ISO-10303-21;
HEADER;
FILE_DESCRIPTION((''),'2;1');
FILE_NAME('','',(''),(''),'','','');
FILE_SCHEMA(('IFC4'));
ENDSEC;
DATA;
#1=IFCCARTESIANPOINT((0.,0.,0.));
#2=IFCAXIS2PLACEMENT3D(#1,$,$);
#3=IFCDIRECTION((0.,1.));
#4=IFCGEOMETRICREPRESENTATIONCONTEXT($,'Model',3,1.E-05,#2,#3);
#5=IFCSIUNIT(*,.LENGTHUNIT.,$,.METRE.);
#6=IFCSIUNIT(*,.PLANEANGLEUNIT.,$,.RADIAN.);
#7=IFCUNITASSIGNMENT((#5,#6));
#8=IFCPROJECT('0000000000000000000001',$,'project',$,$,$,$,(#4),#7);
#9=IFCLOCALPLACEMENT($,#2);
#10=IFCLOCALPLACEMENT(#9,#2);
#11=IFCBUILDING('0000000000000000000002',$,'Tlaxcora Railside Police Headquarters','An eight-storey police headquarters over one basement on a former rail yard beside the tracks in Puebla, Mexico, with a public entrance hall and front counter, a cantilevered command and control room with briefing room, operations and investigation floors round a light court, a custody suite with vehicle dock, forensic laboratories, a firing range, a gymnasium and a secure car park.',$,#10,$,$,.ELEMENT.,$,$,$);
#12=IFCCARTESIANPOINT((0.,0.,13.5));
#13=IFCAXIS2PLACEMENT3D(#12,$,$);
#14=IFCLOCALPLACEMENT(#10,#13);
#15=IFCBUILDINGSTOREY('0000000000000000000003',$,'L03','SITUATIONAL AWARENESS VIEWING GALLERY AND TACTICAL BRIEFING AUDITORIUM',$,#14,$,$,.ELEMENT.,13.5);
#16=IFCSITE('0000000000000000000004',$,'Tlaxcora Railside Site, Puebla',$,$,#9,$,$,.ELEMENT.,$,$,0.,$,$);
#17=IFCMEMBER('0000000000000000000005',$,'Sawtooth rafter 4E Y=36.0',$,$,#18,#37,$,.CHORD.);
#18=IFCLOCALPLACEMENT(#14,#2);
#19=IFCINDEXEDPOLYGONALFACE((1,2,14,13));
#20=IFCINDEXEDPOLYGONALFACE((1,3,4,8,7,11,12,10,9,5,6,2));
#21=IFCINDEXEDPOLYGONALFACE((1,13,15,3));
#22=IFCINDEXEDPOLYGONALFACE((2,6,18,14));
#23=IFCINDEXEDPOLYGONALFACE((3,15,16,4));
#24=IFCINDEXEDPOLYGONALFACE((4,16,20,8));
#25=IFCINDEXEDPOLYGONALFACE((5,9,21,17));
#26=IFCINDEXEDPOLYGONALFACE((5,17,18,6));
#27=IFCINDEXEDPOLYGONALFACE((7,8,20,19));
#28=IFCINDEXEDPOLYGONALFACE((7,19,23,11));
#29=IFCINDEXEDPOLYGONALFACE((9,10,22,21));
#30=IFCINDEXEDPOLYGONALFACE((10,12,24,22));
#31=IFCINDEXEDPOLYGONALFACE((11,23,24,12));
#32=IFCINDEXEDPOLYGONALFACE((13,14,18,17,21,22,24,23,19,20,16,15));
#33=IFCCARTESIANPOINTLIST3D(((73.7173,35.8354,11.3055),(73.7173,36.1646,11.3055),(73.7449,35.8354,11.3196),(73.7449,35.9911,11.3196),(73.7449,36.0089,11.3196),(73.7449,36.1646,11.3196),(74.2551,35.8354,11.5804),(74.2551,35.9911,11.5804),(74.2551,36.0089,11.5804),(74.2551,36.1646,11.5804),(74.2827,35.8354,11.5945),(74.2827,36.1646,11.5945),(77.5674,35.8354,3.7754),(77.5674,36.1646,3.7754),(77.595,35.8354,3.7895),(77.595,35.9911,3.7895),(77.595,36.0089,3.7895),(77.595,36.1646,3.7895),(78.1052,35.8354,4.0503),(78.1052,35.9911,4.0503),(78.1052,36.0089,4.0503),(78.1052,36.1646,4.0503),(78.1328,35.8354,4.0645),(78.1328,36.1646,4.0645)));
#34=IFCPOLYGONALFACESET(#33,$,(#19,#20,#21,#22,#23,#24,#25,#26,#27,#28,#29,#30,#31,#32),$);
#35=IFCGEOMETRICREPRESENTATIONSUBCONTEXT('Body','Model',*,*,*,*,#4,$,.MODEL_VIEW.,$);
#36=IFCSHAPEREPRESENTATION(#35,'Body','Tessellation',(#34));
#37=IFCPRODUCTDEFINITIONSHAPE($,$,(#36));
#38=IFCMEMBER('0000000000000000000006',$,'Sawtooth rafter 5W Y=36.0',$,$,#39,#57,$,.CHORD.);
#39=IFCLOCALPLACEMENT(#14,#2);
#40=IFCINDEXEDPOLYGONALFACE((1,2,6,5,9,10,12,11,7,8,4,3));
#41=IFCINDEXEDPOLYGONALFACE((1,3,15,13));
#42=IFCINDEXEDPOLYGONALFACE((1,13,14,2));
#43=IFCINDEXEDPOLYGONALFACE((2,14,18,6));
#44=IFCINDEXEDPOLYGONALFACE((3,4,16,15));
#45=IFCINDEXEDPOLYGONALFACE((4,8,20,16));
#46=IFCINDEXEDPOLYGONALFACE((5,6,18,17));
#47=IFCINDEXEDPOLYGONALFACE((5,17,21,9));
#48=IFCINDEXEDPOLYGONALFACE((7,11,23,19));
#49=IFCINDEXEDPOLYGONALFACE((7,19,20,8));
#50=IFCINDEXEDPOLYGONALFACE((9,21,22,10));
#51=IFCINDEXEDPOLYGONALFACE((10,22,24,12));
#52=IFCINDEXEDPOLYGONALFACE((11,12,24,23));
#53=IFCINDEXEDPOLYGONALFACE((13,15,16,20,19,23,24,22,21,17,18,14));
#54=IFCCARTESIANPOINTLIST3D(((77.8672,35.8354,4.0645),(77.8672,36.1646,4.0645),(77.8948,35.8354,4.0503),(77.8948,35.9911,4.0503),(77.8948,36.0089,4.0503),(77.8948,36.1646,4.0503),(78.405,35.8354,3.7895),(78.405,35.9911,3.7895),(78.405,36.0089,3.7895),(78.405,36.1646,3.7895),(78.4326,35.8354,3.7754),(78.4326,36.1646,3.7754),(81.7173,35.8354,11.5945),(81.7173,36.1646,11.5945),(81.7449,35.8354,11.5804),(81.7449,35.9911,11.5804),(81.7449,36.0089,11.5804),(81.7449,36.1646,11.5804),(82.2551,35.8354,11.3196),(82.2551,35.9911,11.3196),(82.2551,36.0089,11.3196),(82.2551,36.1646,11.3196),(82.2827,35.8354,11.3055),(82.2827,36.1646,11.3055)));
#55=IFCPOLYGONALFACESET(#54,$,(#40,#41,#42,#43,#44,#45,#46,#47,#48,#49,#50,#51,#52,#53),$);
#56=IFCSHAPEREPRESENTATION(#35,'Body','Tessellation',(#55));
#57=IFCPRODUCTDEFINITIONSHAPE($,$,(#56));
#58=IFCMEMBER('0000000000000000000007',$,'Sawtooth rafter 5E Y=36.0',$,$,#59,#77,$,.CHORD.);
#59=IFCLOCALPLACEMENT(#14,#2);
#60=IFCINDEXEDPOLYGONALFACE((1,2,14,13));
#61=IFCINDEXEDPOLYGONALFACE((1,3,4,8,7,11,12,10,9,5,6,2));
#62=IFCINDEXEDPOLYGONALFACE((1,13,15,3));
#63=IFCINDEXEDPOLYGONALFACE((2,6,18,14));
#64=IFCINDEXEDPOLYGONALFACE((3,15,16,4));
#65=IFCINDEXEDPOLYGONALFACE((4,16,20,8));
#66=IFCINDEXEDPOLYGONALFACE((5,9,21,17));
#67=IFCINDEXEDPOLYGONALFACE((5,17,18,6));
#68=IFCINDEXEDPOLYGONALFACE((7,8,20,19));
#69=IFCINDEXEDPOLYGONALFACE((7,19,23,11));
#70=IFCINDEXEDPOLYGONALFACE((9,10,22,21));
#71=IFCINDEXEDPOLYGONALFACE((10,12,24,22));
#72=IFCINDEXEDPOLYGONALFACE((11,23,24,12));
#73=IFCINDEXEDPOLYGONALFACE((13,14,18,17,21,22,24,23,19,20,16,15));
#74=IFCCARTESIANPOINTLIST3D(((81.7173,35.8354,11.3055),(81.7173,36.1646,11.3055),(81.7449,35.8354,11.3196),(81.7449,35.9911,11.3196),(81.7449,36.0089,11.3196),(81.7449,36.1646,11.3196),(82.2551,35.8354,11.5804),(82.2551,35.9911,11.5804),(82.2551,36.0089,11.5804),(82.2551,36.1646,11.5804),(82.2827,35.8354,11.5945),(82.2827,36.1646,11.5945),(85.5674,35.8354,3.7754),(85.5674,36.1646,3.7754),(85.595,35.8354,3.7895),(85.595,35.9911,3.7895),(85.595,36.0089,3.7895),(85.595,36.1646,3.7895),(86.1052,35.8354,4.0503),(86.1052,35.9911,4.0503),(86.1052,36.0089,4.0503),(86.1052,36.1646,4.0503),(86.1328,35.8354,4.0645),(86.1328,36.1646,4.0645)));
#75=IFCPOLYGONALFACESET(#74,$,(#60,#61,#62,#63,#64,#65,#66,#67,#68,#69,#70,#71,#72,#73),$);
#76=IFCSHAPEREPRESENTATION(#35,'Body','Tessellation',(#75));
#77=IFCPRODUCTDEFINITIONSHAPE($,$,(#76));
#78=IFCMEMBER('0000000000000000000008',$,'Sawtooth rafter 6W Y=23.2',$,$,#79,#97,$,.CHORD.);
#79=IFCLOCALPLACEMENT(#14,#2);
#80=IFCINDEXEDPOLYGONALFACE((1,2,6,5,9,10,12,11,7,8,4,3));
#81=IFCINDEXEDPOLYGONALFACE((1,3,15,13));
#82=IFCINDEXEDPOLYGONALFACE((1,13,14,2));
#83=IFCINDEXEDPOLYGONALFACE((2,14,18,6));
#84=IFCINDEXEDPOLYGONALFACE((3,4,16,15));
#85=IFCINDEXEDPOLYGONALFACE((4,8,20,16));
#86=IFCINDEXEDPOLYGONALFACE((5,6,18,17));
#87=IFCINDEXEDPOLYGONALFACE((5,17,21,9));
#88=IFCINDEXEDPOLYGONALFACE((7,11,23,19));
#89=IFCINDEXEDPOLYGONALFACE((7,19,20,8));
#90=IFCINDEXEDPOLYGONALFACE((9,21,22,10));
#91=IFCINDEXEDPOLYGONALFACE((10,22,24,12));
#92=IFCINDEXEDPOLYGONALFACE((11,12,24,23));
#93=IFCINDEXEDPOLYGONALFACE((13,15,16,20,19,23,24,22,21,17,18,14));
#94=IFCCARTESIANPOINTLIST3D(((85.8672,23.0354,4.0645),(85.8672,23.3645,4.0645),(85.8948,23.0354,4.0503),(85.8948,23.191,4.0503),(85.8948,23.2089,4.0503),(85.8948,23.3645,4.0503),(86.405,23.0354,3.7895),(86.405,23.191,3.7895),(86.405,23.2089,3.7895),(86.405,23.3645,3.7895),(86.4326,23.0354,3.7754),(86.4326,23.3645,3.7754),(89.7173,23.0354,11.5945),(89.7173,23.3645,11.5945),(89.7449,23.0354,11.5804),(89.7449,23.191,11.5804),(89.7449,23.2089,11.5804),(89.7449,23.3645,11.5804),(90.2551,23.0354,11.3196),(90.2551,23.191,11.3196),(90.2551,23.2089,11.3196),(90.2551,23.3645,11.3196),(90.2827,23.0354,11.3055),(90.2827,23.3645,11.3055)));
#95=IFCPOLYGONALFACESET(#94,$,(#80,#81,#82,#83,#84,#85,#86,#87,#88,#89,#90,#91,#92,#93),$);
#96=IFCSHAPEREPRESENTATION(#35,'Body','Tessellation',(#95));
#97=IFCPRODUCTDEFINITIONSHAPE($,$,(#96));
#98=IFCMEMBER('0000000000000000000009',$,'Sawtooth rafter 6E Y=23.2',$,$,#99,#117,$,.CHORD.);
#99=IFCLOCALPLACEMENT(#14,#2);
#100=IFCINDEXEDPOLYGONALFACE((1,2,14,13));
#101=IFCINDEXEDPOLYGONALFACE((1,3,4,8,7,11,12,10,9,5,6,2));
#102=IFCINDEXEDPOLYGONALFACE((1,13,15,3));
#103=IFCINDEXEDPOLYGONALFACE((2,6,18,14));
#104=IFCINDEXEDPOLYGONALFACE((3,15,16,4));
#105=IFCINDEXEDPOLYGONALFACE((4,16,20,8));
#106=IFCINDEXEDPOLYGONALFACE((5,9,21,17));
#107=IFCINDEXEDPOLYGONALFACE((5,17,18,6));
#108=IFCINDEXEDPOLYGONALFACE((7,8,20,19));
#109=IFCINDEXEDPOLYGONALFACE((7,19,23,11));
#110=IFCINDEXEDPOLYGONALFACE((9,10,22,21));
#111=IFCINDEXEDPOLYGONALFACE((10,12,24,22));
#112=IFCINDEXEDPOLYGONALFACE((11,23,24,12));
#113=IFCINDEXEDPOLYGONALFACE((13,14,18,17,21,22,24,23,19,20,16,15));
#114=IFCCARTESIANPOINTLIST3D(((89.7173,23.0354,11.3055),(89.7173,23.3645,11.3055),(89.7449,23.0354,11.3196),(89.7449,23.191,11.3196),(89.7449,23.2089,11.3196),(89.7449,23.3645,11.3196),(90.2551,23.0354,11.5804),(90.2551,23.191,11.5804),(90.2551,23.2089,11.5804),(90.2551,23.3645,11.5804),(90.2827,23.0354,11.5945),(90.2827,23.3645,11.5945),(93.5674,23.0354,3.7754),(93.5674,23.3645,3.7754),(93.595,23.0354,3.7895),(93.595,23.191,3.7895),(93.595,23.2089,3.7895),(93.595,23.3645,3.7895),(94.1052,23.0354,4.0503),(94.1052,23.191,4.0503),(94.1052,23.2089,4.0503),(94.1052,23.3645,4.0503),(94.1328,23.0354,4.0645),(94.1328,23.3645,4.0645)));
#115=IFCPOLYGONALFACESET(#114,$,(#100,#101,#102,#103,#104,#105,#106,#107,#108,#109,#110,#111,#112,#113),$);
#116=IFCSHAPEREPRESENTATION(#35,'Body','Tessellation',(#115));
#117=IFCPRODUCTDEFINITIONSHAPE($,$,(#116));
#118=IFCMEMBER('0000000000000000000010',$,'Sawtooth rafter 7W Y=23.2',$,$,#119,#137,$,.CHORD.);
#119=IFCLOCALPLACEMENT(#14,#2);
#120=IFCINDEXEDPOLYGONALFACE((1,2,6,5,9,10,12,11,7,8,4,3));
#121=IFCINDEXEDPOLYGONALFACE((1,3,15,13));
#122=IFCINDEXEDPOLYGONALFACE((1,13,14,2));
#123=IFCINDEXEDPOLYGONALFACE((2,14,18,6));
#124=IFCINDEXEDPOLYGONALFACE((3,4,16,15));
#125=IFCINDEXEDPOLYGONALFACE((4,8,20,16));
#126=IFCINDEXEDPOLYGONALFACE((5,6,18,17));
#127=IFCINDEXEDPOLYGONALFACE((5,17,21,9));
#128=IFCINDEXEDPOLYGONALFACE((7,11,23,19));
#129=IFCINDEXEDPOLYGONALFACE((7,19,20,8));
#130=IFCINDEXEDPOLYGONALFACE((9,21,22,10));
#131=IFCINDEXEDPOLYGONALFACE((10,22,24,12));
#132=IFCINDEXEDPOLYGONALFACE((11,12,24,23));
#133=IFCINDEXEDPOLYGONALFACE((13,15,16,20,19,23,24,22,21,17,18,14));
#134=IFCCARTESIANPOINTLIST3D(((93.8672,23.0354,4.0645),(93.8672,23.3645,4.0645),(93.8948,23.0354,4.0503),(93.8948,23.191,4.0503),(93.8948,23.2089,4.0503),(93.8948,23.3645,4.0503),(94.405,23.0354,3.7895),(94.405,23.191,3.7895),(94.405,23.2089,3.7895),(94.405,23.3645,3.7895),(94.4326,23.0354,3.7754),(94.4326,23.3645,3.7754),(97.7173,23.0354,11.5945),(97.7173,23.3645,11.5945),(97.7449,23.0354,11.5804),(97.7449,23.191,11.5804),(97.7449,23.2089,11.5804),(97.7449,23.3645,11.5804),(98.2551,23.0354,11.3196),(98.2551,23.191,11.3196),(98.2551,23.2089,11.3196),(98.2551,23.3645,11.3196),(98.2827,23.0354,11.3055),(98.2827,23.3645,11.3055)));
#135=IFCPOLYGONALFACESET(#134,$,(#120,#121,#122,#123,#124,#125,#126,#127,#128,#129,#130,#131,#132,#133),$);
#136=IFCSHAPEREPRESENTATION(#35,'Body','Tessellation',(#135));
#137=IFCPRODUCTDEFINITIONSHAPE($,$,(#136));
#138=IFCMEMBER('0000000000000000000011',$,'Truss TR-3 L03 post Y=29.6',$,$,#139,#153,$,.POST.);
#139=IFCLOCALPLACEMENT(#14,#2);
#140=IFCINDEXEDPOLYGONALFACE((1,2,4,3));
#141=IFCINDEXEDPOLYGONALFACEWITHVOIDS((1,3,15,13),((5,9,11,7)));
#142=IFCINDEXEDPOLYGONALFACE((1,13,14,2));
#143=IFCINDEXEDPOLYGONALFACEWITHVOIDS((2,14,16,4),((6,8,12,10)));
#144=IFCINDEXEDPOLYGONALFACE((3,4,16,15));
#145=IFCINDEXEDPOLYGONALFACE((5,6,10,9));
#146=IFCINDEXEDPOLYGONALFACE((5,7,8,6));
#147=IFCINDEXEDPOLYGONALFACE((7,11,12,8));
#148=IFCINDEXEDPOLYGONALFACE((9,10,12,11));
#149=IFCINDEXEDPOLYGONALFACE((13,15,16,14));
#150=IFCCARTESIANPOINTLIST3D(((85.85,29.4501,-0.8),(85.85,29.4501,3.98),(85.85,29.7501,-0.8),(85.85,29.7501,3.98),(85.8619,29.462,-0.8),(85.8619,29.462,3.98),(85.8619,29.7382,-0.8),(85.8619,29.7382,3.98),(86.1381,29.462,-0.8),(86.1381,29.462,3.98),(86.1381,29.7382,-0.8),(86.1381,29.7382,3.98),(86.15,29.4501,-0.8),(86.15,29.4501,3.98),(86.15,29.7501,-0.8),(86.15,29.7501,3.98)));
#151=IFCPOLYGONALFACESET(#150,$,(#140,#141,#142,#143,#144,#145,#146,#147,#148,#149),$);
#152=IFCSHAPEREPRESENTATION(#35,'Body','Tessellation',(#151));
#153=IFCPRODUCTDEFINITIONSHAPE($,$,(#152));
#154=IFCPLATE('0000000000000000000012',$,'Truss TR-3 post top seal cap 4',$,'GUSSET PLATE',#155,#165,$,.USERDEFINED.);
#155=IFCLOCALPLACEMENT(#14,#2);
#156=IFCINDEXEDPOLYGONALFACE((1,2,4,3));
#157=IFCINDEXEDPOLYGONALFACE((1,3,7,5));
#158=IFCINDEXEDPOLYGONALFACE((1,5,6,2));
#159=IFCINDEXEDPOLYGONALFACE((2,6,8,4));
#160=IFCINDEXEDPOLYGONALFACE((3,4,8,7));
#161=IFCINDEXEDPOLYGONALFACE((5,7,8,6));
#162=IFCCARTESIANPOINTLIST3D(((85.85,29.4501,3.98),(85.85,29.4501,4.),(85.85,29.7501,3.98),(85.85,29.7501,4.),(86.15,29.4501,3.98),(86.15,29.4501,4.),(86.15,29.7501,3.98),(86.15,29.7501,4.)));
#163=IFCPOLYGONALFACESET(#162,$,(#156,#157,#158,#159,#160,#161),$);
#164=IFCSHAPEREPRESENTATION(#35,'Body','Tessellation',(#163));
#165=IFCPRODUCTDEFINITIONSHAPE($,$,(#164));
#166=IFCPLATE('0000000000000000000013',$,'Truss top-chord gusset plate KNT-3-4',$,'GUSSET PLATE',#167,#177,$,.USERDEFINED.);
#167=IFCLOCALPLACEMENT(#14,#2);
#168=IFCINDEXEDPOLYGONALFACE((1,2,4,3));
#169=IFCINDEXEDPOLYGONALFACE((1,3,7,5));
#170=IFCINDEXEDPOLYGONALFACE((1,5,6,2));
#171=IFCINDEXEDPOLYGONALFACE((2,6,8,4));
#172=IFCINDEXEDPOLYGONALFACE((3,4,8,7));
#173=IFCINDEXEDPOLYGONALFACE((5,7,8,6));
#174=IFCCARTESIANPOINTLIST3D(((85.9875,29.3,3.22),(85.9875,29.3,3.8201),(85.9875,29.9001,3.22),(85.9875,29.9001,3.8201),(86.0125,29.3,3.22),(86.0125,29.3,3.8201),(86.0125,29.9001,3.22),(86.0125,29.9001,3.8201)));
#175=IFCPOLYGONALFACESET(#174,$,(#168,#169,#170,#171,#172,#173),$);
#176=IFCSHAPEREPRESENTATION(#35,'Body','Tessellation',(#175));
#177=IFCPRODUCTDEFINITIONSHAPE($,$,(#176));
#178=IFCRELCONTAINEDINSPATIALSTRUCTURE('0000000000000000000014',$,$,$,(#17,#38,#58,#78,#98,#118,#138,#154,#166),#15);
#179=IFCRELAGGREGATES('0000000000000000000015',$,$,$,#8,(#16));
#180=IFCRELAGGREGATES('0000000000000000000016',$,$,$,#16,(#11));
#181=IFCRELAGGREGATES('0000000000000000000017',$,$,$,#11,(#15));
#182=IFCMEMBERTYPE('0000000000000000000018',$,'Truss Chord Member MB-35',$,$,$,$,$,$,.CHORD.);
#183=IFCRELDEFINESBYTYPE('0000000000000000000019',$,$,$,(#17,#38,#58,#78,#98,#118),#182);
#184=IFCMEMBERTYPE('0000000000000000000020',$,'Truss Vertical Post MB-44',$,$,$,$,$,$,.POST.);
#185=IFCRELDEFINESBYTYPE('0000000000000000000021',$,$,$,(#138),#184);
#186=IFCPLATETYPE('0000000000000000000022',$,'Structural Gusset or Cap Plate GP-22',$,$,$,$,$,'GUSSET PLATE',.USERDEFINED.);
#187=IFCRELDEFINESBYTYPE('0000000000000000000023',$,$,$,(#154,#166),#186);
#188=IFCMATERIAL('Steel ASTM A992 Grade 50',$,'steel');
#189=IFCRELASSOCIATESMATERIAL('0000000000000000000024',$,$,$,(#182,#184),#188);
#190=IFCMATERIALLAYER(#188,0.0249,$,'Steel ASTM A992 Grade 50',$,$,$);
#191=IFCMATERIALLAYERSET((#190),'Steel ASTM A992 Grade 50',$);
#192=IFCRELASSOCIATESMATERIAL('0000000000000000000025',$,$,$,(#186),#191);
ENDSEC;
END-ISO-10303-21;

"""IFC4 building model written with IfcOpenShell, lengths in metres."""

from ifc_helpers import new_model, si_unit, direction, frame, origin, origin_2d, place, context, subcontext, project, spatial, rectangle, hollow_rectangle, i_section, extrude, material, layer, layer_set, material_profile, profile_set, type_object, element, save


model = new_model("IFC4")

# Units and contexts
model_context = context("Model", 3, precision=1e-05, world=origin(), true_north=direction((0.0, 1.0)))
body_context = subcontext(model_context, "Body", "Model", "MODEL_VIEW")
ifc_project = project(units=[si_unit("LENGTHUNIT", "METRE"), si_unit("PLANEANGLEUNIT", "RADIAN")], contexts=[model_context])

# Site, building, storey
site_placement = place(None, origin())
site = spatial("IfcSite", under=ifc_project, at=site_placement, Name="Tlaxcora Railside Site, Puebla", CompositionType="ELEMENT", RefElevation=0.0)
building_placement = place(site_placement, origin())
building = spatial("IfcBuilding", under=site, at=building_placement, Name="Tlaxcora Railside Police Headquarters", Description="An eight-storey police headquarters over one basement on a former rail yard beside the tracks in Puebla, Mexico, with a public entrance hall and front counter, a cantilevered command and control room with briefing room, operations and investigation floors round a light court, a custody suite with vehicle dock, forensic laboratories, a firing range, a gymnasium and a secure car park.", CompositionType="ELEMENT")
storey_placement = place(building_placement, frame((0.0, 0.0, 13.5)))
storey = spatial("IfcBuildingStorey", under=building, at=storey_placement, Name="L03", Description="SITUATIONAL AWARENESS VIEWING GALLERY AND TACTICAL BRIEFING AUDITORIUM", CompositionType="ELEMENT", Elevation=13.5)

# Shared definitions
ifc_material_1 = material(Name="Steel ASTM A992 Grade 50", Category="steel")

# Members
ifc_material_profile_1 = material_profile(ifc_material_1, i_section(OverallWidth=0.3291, OverallDepth=0.635, WebThickness=0.0178, FlangeThickness=0.031, at=origin_2d()), Name="W24X162")
ifc_profile_set_1 = profile_set([ifc_material_profile_1], Name="Steel ASTM A992 Grade 50")
member_type_1 = type_object("IfcMemberType", Name="Truss Chord Member MB-35", PredefinedType="CHORD", material=ifc_profile_set_1)
for number, where, z_axis, x_axis, name in (
    (1, (77.8501, 36.0, 3.9199), (-0.455244, 0.0, 0.890367), (0.0, -1.0, 0.0), "Sawtooth rafter 4E Y=36.0"),
    (2, (78.1499, 36.0, 3.9199), (0.455244, 0.0, 0.890367), (0.0, 1.0, 0.0), "Sawtooth rafter 5W Y=36.0"),
    (3, (85.8501, 36.0, 3.9199), (-0.455244, 0.0, 0.890367), (0.0, -1.0, 0.0), "Sawtooth rafter 5E Y=36.0"),
    (4, (86.1499, 23.2, 3.9199), (0.455244, 0.0, 0.890367), (0.0, 1.0, 0.0), "Sawtooth rafter 6W Y=23.2"),
    (5, (93.8501, 23.2, 3.9199), (-0.455244, 0.0, 0.890367), (0.0, -1.0, 0.0), "Sawtooth rafter 6E Y=23.2"),
    (6, (94.1499, 23.2, 3.9199), (0.455244, 0.0, 0.890367), (0.0, 1.0, 0.0), "Sawtooth rafter 7W Y=23.2"),
):
    element("IfcMember", number, at=place(storey_placement, frame(where, z_axis=z_axis, x_axis=x_axis)), inside=storey, type_object=member_type_1, Name=name, PredefinedType="CHORD", context=body_context, shape_type="SweptSolid", body=[
        extrude(i_section(OverallWidth=0.3291, OverallDepth=0.635, WebThickness=0.0178, FlangeThickness=0.031, at=origin_2d()), origin(), (0.0, 0.0, 1.0), 8.4573),
    ])
ifc_material_profile_2 = material_profile(ifc_material_1, hollow_rectangle(XDim=0.3, YDim=0.3, WallThickness=0.012, at=origin_2d()), Name="HSS300X300X12")
ifc_profile_set_2 = profile_set([ifc_material_profile_2], Name="Steel ASTM A992 Grade 50")
member_type_2 = type_object("IfcMemberType", Name="Truss Vertical Post MB-44", PredefinedType="POST", material=ifc_profile_set_2)
member_1_placement = place(storey_placement, frame((86.0, 29.6001, -0.8), z_axis=(0.0, 0.0, 1.0), x_axis=(1.0, 0.0, 0.0)))
element("IfcMember", 7, at=member_1_placement, inside=storey, type_object=member_type_2, Name="Truss TR-3 L03 post Y=29.6", PredefinedType="POST", context=body_context, shape_type="SweptSolid", body=[
    extrude(hollow_rectangle(XDim=0.3, YDim=0.3, WallThickness=0.012, at=origin_2d()), origin(), (0.0, 0.0, 1.0), 4.78),
])

# Plates
ifc_layer_1 = layer(ifc_material_1, 0.0249, Name="Steel ASTM A992 Grade 50")
ifc_layer_set_1 = layer_set([ifc_layer_1], Name="Steel ASTM A992 Grade 50")
plate_type = type_object("IfcPlateType", Name="Structural Gusset or Cap Plate GP-22", ElementType="GUSSET PLATE", PredefinedType="USERDEFINED", material=ifc_layer_set_1)
plate_1_placement = place(storey_placement, frame((86.0, 29.6001, 3.98), z_axis=(0.0, 0.0, 1.0), x_axis=(1.0, 0.0, 0.0)))
element("IfcPlate", 8, at=plate_1_placement, inside=storey, type_object=plate_type, Name="Truss TR-3 post top seal cap 4", ObjectType="GUSSET PLATE", PredefinedType="USERDEFINED", context=body_context, shape_type="SweptSolid", body=[
    extrude(rectangle(XDim=0.3, YDim=0.3, at=origin_2d()), origin(), (0.0, 0.0, 1.0), 0.02),
])
plate_2_placement = place(storey_placement, frame((86.0, 29.6001, 3.22), z_axis=(0.0, 0.0, 1.0), x_axis=(0.0, 1.0, 0.0)))
element("IfcPlate", 9, at=plate_2_placement, inside=storey, type_object=plate_type, Name="Truss top-chord gusset plate KNT-3-4", ObjectType="GUSSET PLATE", PredefinedType="USERDEFINED", context=body_context, shape_type="SweptSolid", body=[
    extrude(rectangle(XDim=0.6001, YDim=0.0249, at=origin_2d()), origin(), (0.0, 0.0, 1.0), 0.6001),
])

save(model, "model.ifc")
